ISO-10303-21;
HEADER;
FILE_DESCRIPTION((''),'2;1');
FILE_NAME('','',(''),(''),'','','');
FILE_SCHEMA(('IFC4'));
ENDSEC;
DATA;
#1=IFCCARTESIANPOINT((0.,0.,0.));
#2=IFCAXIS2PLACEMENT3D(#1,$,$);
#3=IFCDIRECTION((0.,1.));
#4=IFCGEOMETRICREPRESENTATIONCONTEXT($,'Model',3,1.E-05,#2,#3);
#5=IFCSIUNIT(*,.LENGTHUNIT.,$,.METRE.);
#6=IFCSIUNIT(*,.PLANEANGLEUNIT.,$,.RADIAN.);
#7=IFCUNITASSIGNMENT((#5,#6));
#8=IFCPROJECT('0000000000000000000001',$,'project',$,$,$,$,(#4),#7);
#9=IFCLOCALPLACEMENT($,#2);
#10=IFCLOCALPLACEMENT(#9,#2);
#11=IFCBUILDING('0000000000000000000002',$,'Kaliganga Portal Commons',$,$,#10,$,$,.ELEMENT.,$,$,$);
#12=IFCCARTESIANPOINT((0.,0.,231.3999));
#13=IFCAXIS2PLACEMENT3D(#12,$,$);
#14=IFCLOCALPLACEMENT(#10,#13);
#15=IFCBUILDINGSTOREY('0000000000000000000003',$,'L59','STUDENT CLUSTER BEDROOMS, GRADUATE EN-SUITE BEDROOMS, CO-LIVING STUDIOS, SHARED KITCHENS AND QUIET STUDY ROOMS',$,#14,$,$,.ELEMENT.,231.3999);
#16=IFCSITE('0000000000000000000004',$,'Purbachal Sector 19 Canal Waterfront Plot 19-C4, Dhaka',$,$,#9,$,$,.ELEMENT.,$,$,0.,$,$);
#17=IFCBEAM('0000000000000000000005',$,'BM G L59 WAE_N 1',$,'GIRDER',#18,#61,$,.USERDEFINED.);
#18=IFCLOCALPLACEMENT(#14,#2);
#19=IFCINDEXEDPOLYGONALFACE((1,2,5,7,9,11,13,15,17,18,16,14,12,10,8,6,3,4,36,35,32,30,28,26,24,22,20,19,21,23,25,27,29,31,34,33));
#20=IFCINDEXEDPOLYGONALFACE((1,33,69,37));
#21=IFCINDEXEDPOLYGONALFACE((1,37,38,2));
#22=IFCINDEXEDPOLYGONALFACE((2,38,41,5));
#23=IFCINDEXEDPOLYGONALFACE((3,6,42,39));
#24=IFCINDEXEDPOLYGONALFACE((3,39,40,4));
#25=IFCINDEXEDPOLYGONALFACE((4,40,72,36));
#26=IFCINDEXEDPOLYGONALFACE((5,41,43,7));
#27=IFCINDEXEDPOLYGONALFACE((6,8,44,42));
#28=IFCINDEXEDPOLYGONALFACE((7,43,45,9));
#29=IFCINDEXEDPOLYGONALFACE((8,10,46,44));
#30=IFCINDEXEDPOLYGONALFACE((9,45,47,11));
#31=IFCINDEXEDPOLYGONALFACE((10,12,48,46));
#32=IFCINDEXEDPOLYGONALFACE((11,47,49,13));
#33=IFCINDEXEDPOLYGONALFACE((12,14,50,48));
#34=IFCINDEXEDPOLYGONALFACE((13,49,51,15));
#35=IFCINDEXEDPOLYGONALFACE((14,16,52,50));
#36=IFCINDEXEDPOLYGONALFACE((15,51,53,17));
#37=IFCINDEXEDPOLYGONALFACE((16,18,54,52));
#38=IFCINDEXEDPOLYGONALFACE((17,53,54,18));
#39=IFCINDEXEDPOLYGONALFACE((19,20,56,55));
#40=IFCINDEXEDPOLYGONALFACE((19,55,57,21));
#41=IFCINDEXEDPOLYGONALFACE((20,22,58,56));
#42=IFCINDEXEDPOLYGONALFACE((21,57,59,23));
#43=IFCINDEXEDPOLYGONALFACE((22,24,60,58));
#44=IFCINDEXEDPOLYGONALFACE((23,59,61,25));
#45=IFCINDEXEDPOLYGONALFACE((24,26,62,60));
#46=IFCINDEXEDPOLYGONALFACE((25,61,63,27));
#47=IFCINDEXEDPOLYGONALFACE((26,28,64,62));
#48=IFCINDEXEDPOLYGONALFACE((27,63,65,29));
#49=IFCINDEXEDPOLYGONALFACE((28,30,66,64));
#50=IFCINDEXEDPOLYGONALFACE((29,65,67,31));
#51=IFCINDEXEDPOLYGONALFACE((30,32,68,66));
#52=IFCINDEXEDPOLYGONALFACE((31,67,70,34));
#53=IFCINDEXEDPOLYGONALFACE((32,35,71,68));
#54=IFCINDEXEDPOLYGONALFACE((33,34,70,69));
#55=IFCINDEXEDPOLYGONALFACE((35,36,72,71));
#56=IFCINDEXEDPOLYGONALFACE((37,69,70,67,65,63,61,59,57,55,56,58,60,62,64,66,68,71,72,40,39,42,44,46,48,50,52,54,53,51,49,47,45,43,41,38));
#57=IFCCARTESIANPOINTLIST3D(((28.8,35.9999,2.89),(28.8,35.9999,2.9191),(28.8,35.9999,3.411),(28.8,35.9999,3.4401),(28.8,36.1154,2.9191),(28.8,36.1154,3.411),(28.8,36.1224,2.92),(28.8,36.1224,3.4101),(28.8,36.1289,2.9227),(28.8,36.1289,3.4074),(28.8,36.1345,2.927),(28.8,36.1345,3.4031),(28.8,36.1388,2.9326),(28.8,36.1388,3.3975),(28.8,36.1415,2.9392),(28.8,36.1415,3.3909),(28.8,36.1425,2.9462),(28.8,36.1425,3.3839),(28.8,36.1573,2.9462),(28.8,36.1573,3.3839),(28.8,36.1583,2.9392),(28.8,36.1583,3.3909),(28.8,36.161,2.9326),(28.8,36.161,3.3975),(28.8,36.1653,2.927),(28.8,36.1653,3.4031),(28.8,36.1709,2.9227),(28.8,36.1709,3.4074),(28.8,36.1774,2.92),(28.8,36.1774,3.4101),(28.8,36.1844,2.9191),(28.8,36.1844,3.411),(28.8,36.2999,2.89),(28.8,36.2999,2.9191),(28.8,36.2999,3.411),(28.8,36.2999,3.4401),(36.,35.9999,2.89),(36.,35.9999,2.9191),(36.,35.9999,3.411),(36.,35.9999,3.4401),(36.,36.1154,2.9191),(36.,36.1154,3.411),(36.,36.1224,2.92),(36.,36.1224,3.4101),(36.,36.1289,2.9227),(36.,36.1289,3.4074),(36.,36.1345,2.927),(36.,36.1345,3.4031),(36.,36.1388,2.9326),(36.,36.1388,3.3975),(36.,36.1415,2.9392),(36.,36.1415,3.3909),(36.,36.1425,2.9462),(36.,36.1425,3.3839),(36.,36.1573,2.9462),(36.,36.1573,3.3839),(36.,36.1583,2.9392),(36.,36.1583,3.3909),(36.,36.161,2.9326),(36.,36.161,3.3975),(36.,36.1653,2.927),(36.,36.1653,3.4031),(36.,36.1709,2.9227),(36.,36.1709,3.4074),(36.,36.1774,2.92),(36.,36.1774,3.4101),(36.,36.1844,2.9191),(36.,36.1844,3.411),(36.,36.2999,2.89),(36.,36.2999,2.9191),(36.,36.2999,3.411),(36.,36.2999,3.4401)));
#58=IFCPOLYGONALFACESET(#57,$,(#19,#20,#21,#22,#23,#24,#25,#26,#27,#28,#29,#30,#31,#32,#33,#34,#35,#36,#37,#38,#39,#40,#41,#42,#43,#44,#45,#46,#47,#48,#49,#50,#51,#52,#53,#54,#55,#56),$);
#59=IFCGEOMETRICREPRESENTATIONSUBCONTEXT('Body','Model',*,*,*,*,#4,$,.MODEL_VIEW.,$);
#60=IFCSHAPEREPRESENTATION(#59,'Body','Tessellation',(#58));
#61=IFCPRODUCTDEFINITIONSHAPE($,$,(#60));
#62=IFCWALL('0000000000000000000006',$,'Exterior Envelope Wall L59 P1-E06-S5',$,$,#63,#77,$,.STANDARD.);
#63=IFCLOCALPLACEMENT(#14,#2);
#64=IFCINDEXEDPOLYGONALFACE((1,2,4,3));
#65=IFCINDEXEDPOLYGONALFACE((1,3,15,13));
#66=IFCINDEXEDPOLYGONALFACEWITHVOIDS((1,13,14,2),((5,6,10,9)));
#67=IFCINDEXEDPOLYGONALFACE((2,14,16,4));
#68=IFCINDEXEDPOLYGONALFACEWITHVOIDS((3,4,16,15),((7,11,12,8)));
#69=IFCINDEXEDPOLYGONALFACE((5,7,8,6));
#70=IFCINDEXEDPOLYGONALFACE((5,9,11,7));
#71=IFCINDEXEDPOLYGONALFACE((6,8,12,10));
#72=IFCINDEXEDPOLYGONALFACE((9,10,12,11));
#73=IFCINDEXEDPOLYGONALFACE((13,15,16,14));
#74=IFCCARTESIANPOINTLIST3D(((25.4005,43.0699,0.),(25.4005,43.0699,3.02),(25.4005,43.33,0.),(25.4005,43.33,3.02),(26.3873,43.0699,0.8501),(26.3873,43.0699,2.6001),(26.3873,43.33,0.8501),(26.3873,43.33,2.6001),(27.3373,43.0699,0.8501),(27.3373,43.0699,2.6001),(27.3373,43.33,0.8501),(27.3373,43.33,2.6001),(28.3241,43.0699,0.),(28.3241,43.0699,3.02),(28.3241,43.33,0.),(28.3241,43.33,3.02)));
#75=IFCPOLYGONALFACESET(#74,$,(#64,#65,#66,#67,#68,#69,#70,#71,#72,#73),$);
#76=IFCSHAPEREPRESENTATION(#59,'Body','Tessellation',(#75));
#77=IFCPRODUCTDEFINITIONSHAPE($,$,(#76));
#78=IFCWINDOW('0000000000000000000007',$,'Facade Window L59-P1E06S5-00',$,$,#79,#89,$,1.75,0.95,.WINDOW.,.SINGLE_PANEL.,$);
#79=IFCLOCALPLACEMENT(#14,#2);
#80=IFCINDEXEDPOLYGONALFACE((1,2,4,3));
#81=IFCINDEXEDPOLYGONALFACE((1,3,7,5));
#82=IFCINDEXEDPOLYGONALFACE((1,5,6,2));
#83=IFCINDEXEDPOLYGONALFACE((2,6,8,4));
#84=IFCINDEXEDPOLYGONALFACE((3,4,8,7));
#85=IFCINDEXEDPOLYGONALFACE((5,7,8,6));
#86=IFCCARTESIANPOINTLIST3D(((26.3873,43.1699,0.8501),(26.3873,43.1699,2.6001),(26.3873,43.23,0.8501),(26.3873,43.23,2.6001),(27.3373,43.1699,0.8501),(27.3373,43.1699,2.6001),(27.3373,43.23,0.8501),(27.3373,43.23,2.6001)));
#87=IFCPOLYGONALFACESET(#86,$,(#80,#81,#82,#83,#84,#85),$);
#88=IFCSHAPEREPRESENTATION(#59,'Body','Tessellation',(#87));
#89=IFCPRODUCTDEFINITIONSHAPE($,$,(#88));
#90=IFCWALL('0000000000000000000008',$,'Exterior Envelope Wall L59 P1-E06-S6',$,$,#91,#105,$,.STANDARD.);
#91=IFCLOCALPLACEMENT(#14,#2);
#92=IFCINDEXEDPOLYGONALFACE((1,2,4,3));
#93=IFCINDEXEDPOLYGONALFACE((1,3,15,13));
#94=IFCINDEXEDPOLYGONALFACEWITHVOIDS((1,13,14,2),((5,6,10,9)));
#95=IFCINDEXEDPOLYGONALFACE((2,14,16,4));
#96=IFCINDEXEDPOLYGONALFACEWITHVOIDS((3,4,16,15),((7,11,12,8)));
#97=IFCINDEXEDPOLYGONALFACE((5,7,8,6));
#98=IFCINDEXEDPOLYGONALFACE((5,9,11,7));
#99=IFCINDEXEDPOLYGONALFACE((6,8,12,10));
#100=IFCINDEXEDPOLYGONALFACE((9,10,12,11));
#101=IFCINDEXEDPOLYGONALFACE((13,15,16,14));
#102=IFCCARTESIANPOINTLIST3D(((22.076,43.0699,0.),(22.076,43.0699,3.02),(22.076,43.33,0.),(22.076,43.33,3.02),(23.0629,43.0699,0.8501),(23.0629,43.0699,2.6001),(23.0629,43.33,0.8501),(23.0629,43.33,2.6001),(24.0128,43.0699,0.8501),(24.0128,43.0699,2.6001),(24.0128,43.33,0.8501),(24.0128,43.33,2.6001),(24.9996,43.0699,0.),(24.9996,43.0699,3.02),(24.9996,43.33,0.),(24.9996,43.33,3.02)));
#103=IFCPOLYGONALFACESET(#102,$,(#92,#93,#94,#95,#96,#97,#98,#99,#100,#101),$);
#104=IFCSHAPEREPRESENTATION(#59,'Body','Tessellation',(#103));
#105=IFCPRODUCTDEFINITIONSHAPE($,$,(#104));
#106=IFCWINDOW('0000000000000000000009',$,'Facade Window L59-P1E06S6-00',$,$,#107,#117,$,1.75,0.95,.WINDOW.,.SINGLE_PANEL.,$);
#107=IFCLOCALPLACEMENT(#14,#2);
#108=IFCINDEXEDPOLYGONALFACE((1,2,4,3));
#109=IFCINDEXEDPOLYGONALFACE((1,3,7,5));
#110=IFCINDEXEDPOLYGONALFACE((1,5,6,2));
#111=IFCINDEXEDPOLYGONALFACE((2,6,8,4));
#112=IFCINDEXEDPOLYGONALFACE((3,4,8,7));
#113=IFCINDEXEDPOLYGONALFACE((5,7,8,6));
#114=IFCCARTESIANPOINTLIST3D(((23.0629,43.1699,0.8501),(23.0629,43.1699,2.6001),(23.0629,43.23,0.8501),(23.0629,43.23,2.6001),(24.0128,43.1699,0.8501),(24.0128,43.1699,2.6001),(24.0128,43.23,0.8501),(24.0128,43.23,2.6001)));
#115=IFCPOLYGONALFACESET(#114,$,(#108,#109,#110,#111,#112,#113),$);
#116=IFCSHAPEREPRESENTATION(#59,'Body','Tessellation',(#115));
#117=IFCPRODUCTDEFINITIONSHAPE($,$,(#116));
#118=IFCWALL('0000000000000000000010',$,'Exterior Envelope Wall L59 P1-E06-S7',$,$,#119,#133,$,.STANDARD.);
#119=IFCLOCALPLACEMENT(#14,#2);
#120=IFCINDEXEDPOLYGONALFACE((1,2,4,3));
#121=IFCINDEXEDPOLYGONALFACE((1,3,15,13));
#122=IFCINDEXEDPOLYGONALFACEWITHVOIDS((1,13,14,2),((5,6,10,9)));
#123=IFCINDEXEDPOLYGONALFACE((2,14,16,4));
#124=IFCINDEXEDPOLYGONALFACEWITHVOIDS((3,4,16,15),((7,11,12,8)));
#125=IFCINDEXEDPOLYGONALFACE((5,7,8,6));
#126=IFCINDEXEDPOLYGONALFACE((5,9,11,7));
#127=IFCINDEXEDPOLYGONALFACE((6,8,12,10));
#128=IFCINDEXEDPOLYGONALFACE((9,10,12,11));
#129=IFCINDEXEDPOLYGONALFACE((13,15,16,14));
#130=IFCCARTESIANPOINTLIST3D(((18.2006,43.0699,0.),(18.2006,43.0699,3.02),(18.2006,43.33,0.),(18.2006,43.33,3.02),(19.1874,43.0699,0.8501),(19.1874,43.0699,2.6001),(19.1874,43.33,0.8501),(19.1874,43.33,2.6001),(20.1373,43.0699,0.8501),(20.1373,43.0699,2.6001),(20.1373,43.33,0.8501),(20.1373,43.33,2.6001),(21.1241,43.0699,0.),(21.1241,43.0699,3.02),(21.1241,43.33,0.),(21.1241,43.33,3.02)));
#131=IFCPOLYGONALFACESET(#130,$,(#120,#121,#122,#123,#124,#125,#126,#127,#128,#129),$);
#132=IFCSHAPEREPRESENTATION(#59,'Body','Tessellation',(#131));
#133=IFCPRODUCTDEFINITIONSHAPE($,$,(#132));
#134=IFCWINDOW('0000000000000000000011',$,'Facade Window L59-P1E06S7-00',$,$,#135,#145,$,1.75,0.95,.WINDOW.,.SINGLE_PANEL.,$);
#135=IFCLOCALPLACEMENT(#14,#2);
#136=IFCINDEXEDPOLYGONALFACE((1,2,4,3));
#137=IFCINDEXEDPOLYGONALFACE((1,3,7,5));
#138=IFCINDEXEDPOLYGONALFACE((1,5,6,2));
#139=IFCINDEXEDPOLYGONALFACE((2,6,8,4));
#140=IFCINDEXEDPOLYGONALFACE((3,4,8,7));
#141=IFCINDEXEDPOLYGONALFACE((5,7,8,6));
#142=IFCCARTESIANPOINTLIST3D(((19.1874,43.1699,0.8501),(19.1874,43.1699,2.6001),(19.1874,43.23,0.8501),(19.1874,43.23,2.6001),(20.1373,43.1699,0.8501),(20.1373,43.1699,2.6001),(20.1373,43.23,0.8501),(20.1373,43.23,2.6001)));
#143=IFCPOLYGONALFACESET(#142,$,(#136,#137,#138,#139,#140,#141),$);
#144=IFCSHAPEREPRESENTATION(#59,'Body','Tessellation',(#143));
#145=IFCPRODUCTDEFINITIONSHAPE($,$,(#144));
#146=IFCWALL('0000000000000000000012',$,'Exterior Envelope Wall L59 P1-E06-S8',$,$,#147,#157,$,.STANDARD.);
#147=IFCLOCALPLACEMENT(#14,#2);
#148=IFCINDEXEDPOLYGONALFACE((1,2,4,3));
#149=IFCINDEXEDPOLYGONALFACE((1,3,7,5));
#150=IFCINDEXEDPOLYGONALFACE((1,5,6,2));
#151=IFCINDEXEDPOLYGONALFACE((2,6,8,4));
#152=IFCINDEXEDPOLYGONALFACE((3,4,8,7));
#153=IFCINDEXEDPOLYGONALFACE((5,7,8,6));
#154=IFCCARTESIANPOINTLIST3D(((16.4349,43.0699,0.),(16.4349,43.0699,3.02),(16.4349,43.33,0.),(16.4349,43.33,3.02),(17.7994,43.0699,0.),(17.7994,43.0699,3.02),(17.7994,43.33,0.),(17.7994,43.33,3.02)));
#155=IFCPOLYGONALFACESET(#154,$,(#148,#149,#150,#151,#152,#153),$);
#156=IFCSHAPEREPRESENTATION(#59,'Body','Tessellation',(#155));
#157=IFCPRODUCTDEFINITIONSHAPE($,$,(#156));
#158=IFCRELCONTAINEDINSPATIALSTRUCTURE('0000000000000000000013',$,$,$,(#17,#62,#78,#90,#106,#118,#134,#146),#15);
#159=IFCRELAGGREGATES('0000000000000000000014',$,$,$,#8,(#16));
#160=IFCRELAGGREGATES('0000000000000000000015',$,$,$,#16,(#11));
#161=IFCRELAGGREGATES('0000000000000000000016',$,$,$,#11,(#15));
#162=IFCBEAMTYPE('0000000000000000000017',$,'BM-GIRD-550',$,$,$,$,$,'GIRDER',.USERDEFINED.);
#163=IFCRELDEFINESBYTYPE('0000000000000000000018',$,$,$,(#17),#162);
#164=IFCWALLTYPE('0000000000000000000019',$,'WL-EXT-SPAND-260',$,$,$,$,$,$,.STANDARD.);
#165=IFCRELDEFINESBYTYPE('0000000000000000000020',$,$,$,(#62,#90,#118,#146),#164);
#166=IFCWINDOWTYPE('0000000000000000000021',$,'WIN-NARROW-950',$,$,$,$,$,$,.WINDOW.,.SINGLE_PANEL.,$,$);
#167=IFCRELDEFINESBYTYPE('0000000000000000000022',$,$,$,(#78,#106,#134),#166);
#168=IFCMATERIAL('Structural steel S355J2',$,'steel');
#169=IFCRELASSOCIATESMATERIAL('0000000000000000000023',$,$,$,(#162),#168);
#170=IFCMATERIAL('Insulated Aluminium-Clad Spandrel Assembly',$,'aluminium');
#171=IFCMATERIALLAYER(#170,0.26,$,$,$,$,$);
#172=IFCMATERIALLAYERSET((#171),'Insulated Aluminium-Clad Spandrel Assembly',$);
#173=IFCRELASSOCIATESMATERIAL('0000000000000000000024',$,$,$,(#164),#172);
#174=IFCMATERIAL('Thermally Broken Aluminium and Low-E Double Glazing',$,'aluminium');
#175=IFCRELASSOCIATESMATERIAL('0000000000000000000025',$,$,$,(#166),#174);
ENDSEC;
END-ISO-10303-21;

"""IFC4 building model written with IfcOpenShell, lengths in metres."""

from ifc_helpers import new_model, si_unit, direction, frame, frame_2d, origin, origin_2d, place, context, subcontext, project, spatial, rectangle, i_section, extrude, source, transform, mapped, material, layer, layer_set, material_profile, profile_set, type_object, element, fill, save


model = new_model("IFC4")

# Units and contexts
model_context = context("Model", 3, precision=1e-05, world=origin(), true_north=direction((0.0, 1.0)))
body_context = subcontext(model_context, "Body", "Model", "MODEL_VIEW")
ifc_project = project(units=[si_unit("LENGTHUNIT", "METRE"), si_unit("PLANEANGLEUNIT", "RADIAN")], contexts=[model_context])

# Site, building, storey
site_placement = place(None, origin())
site = spatial("IfcSite", under=ifc_project, at=site_placement, Name="Purbachal Sector 19 Canal Waterfront Plot 19-C4, Dhaka", CompositionType="ELEMENT", RefElevation=0.0)
building_placement = place(site_placement, origin())
building = spatial("IfcBuilding", under=site, at=building_placement, Name="Kaliganga Portal Commons", CompositionType="ELEMENT")
storey_placement = place(building_placement, frame((0.0, 0.0, 231.3999)))
storey = spatial("IfcBuildingStorey", under=building, at=storey_placement, Name="L59", Description="STUDENT CLUSTER BEDROOMS, GRADUATE EN-SUITE BEDROOMS, CO-LIVING STUDIOS, SHARED KITCHENS AND QUIET STUDY ROOMS", CompositionType="ELEMENT", Elevation=231.3999)

# Shared definitions
ifc_material_1 = material(Name="Structural steel S355J2", Category="steel")

# Beam
ifc_material_profile_1 = material_profile(ifc_material_1, i_section(OverallWidth=0.3, OverallDepth=0.55, WebThickness=0.0149, FlangeThickness=0.0291, FilletRadius=0.0271, at=origin_2d()), Name="HE 550 B")
ifc_profile_set_1 = profile_set([ifc_material_profile_1], Name="Structural steel S355J2 wide-flange")
beam_type_1 = type_object("IfcBeamType", Name="BM-GIRD-550", ElementType="GIRDER", PredefinedType="USERDEFINED", material=ifc_profile_set_1)
shared_shape_1 = source(origin(), body_context, "Body", "SweptSolid", [
    extrude(i_section(OverallWidth=0.3, OverallDepth=0.55, WebThickness=0.0149, FlangeThickness=0.0291, FilletRadius=0.0271, at=origin_2d()), origin(), (0.0, 0.0, 1.0), 7.2),
])
beam_1_placement = place(storey_placement, frame((28.8, 36.1499, 3.165), z_axis=(1.0, 0.0, 0.0), x_axis=(0.0, 1.0, 0.0)))
element("IfcBeam", 1, at=beam_1_placement, inside=storey, type_object=beam_type_1, Name="BM G L59 WAE_N 1", ObjectType="GIRDER", PredefinedType="USERDEFINED", context=body_context, shape_type="MappedRepresentation", body=[
    mapped(shared_shape_1, transform((0.0, 0.0, 0.0), x_axis=(1.0, 0.0, 0.0), y_axis=(0.0, 1.0, 0.0), z_axis=(0.0, 0.0, 1.0), scale=1.0)),
])

# Walls, openings, windows
ifc_material_2 = material(Name="Insulated Aluminium-Clad Spandrel Assembly", Category="aluminium")
ifc_layer_1 = layer(ifc_material_2, 0.26)
ifc_layer_set_1 = layer_set([ifc_layer_1], Name="Insulated Aluminium-Clad Spandrel Assembly")
wall_type_1 = type_object("IfcWallType", Name="WL-EXT-SPAND-260", PredefinedType="STANDARD", material=ifc_layer_set_1)
wall_1_placement = place(storey_placement, frame((25.4004, 43.2, 0.0), z_axis=(0.0, 0.0, 1.0), x_axis=(1.0, 0.0, 0.0)))
wall_1 = element("IfcWall", 2, at=wall_1_placement, inside=storey, type_object=wall_type_1, Name="Exterior Envelope Wall L59 P1-E06-S5", PredefinedType="STANDARD", context=body_context, shape_type="SweptSolid", body=[
    extrude(rectangle(XDim=2.9236, YDim=0.26, at=frame_2d((1.4619, 0.0))), origin(), (0.0, 0.0, 1.0), 3.02),
])
opening_1_placement = place(wall_1_placement, frame((0.9868, 0.0, 0.8501)))
opening_1 = element("IfcOpeningElement", 3, at=opening_1_placement, cuts=wall_1, PredefinedType="OPENING", context=body_context, shape_type="SweptSolid", body=[
    extrude(rectangle(XDim=0.95, YDim=1.75, at=frame_2d((0.4751, 0.875))), frame((0.0, 0.1401, 0.0), z_axis=(0.0, -1.0, 0.0), x_axis=(1.0, 0.0, 0.0)), (0.0, 0.0, 1.0), 0.28),
])
ifc_material_3 = material(Name="Thermally Broken Aluminium and Low-E Double Glazing", Category="aluminium")
window_type_1 = type_object("IfcWindowType", Name="WIN-NARROW-950", PartitioningType="SINGLE_PANEL", PredefinedType="WINDOW", material=ifc_material_3)
window_1_placement = place(opening_1_placement, origin())
window_1 = element("IfcWindow", 4, at=window_1_placement, inside=storey, type_object=window_type_1, Name="Facade Window L59-P1E06S5-00", OverallHeight=1.75, OverallWidth=0.95, PartitioningType="SINGLE_PANEL", PredefinedType="WINDOW", context=body_context, shape_type="SweptSolid", body=[
    extrude(rectangle(XDim=0.95, YDim=1.75, at=frame_2d((0.4751, 0.875))), frame((0.0, 0.03, 0.0), z_axis=(0.0, -1.0, 0.0), x_axis=(1.0, 0.0, 0.0)), (0.0, 0.0, 1.0), 0.0601),
])
fill(opening_1, window_1)
wall_2_placement = place(storey_placement, frame((22.0759, 43.2, 0.0), z_axis=(0.0, 0.0, 1.0), x_axis=(1.0, 0.0, 0.0)))
wall_2 = element("IfcWall", 5, at=wall_2_placement, inside=storey, type_object=wall_type_1, Name="Exterior Envelope Wall L59 P1-E06-S6", PredefinedType="STANDARD", context=body_context, shape_type="SweptSolid", body=[
    extrude(rectangle(XDim=2.9236, YDim=0.26, at=frame_2d((1.4619, 0.0))), origin(), (0.0, 0.0, 1.0), 3.02),
])
opening_2_placement = place(wall_2_placement, frame((0.9868, 0.0, 0.8501)))
opening_2 = element("IfcOpeningElement", 6, at=opening_2_placement, cuts=wall_2, PredefinedType="OPENING", context=body_context, shape_type="SweptSolid", body=[
    extrude(rectangle(XDim=0.95, YDim=1.75, at=frame_2d((0.4751, 0.875))), frame((0.0, 0.1401, 0.0), z_axis=(0.0, -1.0, 0.0), x_axis=(1.0, 0.0, 0.0)), (0.0, 0.0, 1.0), 0.28),
])
window_2_placement = place(opening_2_placement, origin())
window_2 = element("IfcWindow", 7, at=window_2_placement, inside=storey, type_object=window_type_1, Name="Facade Window L59-P1E06S6-00", OverallHeight=1.75, OverallWidth=0.95, PartitioningType="SINGLE_PANEL", PredefinedType="WINDOW", context=body_context, shape_type="SweptSolid", body=[
    extrude(rectangle(XDim=0.95, YDim=1.75, at=frame_2d((0.4751, 0.875))), frame((0.0, 0.03, 0.0), z_axis=(0.0, -1.0, 0.0), x_axis=(1.0, 0.0, 0.0)), (0.0, 0.0, 1.0), 0.0601),
])
fill(opening_2, window_2)
wall_3_placement = place(storey_placement, frame((18.2004, 43.2, 0.0), z_axis=(0.0, 0.0, 1.0), x_axis=(1.0, 0.0, 0.0)))
wall_3 = element("IfcWall", 8, at=wall_3_placement, inside=storey, type_object=wall_type_1, Name="Exterior Envelope Wall L59 P1-E06-S7", PredefinedType="STANDARD", context=body_context, shape_type="SweptSolid", body=[
    extrude(rectangle(XDim=2.9236, YDim=0.26, at=frame_2d((1.4619, 0.0))), origin(), (0.0, 0.0, 1.0), 3.02),
])
opening_3_placement = place(wall_3_placement, frame((0.9868, 0.0, 0.8501)))
opening_3 = element("IfcOpeningElement", 9, at=opening_3_placement, cuts=wall_3, PredefinedType="OPENING", context=body_context, shape_type="SweptSolid", body=[
    extrude(rectangle(XDim=0.95, YDim=1.75, at=frame_2d((0.4751, 0.875))), frame((0.0, 0.1401, 0.0), z_axis=(0.0, -1.0, 0.0), x_axis=(1.0, 0.0, 0.0)), (0.0, 0.0, 1.0), 0.28),
])
window_3_placement = place(opening_3_placement, origin())
window_3 = element("IfcWindow", 10, at=window_3_placement, inside=storey, type_object=window_type_1, Name="Facade Window L59-P1E06S7-00", OverallHeight=1.75, OverallWidth=0.95, PartitioningType="SINGLE_PANEL", PredefinedType="WINDOW", context=body_context, shape_type="SweptSolid", body=[
    extrude(rectangle(XDim=0.95, YDim=1.75, at=frame_2d((0.4751, 0.875))), frame((0.0, 0.03, 0.0), z_axis=(0.0, -1.0, 0.0), x_axis=(1.0, 0.0, 0.0)), (0.0, 0.0, 1.0), 0.0601),
])
fill(opening_3, window_3)

# Wall
wall_4_placement = place(storey_placement, frame((16.4351, 43.2, 0.0), z_axis=(0.0, 0.0, 1.0), x_axis=(1.0, 0.0, 0.0)))
element("IfcWall", 11, at=wall_4_placement, inside=storey, type_object=wall_type_1, Name="Exterior Envelope Wall L59 P1-E06-S8", PredefinedType="STANDARD", context=body_context, shape_type="SweptSolid", body=[
    extrude(rectangle(XDim=1.3645, YDim=0.26, at=frame_2d((0.6821, 0.0))), origin(), (0.0, 0.0, 1.0), 3.02),
])

save(model, "model.ifc")
